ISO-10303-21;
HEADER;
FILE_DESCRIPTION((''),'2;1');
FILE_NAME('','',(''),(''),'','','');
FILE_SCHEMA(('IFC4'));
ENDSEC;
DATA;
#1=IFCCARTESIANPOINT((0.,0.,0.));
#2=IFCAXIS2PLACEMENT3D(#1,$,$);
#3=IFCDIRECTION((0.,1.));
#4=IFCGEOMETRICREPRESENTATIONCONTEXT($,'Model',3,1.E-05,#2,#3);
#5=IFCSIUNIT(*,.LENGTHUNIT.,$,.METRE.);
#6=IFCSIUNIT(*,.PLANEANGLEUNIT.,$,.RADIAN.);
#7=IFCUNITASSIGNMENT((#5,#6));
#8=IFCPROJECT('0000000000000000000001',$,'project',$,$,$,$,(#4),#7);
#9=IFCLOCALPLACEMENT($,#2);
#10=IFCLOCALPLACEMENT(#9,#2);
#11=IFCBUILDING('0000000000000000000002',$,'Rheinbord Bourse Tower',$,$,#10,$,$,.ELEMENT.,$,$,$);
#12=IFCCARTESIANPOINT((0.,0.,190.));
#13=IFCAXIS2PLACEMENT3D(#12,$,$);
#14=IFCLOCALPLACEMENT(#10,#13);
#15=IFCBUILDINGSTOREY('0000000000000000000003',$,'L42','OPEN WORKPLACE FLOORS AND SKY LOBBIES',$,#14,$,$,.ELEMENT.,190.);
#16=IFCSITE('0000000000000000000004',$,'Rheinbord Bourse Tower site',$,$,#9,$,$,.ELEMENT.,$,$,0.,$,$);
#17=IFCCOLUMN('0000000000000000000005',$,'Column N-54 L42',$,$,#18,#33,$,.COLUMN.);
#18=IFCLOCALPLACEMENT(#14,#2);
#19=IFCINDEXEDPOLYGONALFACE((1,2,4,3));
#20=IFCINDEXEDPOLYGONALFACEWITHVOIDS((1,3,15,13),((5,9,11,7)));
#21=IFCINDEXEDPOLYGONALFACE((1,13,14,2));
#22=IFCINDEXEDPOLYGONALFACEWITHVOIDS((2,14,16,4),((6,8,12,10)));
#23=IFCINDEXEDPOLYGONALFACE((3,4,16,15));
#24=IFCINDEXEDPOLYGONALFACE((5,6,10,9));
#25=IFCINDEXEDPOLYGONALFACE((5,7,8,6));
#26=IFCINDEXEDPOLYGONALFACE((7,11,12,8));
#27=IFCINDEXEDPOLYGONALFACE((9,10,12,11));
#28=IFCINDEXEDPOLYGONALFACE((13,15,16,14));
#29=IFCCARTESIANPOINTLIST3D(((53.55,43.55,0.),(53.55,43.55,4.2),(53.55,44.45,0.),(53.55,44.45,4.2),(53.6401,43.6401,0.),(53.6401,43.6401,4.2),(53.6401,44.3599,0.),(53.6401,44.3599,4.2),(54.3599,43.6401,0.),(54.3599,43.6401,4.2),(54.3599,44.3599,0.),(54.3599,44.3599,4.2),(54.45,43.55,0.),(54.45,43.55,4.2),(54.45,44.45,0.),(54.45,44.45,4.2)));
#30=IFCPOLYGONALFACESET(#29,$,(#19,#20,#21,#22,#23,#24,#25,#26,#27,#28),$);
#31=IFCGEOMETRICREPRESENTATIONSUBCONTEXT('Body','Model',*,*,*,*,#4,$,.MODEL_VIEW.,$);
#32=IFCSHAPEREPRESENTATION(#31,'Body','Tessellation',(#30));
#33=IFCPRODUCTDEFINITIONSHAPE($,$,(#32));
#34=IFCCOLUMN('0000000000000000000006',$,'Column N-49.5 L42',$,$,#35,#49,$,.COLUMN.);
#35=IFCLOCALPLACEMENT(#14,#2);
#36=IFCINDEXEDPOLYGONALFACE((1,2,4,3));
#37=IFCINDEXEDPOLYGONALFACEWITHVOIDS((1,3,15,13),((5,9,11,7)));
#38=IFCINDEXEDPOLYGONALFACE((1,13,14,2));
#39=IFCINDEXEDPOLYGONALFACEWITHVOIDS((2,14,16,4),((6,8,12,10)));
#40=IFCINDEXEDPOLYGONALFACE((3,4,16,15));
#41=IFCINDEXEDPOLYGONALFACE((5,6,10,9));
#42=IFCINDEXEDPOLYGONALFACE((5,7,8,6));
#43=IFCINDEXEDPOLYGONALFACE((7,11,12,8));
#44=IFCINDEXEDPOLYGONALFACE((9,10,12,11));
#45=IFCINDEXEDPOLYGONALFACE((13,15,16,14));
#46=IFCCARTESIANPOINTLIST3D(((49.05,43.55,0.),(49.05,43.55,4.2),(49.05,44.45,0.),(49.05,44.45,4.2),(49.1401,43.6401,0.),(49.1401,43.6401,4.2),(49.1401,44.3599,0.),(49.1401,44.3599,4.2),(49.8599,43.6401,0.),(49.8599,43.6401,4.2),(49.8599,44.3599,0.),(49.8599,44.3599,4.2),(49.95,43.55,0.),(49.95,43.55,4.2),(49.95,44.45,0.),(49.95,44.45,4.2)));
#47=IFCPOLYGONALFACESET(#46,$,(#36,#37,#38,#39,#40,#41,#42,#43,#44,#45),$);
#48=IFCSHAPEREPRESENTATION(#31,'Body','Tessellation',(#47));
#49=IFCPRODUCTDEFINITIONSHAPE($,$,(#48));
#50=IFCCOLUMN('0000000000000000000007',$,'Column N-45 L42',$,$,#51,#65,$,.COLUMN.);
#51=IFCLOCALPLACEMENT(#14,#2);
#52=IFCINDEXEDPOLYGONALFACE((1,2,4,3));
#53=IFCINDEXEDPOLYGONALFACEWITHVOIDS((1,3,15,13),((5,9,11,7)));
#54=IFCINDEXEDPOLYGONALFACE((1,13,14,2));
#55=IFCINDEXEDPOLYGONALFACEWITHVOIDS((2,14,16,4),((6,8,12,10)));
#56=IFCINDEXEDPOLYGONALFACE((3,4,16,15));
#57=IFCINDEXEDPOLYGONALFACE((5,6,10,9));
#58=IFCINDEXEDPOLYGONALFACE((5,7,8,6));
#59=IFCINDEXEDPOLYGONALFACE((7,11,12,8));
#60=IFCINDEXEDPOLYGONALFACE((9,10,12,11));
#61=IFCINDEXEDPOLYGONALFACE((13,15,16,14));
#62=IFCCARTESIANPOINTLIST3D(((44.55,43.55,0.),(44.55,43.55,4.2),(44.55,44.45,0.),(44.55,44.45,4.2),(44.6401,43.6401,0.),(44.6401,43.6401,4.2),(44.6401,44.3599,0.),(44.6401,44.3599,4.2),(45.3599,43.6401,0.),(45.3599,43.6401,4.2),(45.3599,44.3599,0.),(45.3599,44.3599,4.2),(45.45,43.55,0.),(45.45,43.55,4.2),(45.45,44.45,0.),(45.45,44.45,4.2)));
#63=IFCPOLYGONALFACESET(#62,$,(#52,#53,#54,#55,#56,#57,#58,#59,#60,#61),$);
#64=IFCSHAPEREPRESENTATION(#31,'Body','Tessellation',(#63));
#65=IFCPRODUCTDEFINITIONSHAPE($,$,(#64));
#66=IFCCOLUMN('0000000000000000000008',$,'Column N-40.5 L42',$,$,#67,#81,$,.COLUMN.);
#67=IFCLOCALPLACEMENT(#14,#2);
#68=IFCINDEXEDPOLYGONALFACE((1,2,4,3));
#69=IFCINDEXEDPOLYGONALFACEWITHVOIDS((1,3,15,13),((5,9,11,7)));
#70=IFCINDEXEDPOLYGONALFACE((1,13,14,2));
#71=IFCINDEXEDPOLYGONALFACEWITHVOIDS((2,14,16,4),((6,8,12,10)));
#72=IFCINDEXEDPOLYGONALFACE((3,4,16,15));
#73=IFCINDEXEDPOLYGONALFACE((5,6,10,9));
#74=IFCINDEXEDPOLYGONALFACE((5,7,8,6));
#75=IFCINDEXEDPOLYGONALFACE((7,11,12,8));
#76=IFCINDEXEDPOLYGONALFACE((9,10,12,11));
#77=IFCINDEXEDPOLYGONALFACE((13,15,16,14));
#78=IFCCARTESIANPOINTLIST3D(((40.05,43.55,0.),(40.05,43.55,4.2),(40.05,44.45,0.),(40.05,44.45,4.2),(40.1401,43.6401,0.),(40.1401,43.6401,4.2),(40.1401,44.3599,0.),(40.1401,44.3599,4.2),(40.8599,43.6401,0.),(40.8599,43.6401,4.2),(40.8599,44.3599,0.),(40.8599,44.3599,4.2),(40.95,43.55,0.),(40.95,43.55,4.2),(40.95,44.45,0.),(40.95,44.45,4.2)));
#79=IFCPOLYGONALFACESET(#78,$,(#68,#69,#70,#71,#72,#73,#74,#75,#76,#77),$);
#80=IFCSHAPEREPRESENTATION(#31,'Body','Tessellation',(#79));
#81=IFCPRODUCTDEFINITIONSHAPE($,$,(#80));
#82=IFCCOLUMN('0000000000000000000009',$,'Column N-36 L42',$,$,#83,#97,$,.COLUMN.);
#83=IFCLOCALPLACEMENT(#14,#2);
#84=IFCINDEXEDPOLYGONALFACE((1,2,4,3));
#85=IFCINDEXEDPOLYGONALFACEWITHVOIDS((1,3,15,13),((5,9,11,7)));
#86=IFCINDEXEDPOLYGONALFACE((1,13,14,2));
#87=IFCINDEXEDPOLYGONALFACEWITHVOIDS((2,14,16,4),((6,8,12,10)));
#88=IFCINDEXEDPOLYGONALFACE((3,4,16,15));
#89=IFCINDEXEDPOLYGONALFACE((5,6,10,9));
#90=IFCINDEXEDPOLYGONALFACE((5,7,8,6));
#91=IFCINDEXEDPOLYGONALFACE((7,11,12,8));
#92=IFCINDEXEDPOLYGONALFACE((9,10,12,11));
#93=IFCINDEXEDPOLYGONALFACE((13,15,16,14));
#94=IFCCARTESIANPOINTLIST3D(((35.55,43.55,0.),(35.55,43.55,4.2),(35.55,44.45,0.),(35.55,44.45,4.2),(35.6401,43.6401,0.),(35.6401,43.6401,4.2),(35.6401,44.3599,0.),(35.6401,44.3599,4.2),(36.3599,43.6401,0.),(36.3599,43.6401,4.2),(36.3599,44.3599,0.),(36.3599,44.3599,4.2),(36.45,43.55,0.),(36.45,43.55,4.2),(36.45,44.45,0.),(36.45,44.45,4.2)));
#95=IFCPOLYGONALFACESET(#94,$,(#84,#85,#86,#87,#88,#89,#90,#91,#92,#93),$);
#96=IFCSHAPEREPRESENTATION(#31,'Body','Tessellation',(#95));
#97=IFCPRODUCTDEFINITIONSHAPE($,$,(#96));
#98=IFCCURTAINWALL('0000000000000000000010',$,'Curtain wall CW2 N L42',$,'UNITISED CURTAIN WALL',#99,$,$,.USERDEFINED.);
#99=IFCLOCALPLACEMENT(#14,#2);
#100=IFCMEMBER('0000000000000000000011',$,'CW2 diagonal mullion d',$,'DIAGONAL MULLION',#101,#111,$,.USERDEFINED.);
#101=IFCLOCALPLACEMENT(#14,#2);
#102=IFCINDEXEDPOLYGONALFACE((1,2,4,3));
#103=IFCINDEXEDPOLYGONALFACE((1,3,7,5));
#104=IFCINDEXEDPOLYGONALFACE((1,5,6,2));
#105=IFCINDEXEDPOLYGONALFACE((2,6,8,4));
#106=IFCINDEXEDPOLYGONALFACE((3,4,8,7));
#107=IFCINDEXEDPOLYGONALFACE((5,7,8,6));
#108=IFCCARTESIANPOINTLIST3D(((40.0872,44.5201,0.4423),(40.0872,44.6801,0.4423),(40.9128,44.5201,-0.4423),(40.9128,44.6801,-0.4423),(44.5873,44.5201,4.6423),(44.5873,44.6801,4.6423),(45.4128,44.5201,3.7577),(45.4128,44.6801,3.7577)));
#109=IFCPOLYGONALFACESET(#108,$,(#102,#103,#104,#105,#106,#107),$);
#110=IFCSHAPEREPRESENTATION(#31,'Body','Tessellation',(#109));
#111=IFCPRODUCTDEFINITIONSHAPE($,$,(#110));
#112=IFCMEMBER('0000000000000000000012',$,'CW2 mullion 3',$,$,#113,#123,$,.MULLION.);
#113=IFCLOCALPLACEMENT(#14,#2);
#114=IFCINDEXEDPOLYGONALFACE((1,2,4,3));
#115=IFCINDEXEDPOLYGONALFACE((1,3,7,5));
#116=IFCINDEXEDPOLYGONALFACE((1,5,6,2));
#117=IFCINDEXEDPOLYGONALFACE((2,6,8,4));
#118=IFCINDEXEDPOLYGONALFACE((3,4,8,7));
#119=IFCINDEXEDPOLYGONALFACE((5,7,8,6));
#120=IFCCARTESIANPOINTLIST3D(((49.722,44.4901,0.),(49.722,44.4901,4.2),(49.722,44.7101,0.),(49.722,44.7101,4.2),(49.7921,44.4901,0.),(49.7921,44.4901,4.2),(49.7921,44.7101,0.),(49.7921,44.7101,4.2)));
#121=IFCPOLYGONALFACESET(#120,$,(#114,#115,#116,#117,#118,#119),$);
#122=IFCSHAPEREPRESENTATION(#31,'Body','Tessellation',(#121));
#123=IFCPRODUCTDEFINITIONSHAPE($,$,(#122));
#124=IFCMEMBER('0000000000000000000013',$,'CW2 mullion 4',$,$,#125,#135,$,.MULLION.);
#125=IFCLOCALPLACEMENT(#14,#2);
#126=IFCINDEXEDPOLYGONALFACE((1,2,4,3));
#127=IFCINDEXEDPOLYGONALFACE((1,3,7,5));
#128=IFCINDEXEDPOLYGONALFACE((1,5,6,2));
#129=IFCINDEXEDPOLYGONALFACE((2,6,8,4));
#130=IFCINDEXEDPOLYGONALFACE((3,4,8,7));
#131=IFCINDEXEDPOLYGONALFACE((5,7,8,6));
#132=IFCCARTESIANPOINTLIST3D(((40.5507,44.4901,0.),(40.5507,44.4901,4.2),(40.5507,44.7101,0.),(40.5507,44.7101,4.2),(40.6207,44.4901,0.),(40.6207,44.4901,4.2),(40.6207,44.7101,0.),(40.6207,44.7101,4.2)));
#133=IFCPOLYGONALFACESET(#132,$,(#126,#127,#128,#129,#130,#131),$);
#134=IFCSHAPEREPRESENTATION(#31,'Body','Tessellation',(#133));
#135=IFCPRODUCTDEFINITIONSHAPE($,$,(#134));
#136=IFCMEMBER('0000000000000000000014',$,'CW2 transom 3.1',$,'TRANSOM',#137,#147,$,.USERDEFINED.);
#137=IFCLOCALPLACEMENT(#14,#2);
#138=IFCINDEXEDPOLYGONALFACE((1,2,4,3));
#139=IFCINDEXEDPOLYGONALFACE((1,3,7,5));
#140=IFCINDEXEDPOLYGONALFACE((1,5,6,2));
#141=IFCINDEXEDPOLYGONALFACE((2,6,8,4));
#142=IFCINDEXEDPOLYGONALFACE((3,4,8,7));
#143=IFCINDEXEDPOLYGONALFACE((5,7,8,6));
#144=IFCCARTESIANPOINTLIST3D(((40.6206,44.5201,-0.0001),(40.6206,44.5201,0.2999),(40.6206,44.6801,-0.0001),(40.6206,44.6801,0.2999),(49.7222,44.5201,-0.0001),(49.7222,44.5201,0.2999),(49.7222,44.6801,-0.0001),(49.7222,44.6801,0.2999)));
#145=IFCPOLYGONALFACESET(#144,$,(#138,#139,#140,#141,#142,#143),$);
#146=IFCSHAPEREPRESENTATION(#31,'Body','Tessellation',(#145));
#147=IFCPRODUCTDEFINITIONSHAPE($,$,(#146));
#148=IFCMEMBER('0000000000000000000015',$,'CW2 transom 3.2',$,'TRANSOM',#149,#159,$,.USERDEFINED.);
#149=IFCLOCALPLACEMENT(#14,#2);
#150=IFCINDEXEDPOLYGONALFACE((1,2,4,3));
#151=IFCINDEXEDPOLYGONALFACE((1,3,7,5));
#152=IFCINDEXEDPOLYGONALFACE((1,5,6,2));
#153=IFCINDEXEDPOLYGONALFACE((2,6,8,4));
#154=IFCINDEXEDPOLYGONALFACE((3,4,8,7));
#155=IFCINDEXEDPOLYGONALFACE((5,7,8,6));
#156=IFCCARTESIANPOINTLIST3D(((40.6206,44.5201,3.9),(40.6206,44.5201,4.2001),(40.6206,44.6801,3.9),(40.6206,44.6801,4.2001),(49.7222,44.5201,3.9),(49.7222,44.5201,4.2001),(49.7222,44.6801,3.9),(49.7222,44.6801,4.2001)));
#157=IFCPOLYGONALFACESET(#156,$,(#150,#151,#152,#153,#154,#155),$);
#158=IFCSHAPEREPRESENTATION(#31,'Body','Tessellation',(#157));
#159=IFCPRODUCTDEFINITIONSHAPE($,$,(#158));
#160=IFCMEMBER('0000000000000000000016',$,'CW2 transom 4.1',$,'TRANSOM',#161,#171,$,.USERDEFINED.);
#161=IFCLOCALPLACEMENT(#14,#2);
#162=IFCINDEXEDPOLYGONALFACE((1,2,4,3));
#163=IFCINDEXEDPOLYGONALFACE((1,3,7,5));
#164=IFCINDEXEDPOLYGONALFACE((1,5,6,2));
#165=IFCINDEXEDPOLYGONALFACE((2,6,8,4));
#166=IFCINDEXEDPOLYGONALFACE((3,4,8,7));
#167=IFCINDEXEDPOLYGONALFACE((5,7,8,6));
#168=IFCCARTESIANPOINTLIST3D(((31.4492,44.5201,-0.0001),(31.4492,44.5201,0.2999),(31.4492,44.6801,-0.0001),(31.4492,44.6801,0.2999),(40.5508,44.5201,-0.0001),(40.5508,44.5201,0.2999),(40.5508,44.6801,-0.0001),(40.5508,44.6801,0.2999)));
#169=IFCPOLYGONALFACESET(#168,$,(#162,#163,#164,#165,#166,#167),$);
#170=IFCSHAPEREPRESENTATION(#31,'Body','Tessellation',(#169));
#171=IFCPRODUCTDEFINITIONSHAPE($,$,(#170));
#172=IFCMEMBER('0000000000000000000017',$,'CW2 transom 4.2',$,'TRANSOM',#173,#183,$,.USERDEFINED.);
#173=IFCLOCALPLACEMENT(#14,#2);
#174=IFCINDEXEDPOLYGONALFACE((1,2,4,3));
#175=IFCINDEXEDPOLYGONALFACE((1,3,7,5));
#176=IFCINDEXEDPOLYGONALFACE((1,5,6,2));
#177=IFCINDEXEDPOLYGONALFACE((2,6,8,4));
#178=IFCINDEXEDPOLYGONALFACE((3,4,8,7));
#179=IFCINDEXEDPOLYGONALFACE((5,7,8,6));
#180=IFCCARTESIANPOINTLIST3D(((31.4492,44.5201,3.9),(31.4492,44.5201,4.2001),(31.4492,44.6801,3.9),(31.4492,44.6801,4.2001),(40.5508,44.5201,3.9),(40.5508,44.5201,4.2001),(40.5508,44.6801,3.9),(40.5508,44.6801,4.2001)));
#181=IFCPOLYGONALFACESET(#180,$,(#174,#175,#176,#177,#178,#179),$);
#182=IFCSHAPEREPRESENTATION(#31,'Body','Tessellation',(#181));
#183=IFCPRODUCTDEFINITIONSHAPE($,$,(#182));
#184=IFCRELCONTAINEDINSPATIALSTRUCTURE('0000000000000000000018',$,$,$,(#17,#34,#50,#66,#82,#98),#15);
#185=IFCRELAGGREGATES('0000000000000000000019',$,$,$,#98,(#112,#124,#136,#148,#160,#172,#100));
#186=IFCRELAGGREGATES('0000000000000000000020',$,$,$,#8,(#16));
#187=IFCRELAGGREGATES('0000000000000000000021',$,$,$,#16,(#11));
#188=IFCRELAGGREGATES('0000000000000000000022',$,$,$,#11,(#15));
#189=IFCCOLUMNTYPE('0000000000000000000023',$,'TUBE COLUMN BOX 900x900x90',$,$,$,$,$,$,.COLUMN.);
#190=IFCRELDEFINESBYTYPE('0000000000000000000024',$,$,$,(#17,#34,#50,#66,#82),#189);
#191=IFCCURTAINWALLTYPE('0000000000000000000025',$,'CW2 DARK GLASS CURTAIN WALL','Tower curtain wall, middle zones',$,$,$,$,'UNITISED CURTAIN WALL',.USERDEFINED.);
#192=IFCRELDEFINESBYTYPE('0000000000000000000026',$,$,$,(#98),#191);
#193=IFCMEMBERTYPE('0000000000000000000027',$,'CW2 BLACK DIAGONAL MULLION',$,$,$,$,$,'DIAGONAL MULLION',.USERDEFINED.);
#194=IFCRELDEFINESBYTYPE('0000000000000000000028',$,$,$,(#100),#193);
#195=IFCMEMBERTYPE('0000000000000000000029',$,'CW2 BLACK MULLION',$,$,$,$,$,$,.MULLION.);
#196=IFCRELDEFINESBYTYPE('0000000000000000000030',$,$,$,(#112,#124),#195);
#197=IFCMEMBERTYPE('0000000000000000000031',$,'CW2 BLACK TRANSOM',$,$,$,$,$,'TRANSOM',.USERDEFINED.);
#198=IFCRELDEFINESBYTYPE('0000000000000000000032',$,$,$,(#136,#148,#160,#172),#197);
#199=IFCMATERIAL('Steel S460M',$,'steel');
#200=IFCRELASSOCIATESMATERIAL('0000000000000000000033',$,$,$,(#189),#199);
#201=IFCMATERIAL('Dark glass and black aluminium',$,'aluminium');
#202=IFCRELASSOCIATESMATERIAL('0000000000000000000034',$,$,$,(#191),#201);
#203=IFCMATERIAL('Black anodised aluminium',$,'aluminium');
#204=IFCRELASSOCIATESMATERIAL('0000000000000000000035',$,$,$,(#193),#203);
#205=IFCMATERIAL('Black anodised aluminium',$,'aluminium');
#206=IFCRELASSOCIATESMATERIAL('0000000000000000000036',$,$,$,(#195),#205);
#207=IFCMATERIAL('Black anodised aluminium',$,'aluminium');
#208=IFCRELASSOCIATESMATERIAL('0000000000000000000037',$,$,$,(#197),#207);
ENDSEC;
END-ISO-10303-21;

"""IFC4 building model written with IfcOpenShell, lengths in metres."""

from ifc_helpers import new_model, si_unit, direction, frame, origin, origin_2d, place, context, subcontext, project, spatial, rectangle, hollow_rectangle, extrude, material, material_profile, profile_set, type_object, element, aggregate, save


model = new_model("IFC4")

# Units and contexts
model_context = context("Model", 3, precision=1e-05, world=origin(), true_north=direction((0.0, 1.0)))
body_context = subcontext(model_context, "Body", "Model", "MODEL_VIEW")
ifc_project = project(units=[si_unit("LENGTHUNIT", "METRE"), si_unit("PLANEANGLEUNIT", "RADIAN")], contexts=[model_context])

# Site, building, storey
site_placement = place(None, origin())
site = spatial("IfcSite", under=ifc_project, at=site_placement, Name="Rheinbord Bourse Tower site", CompositionType="ELEMENT", RefElevation=0.0)
building_placement = place(site_placement, origin())
building = spatial("IfcBuilding", under=site, at=building_placement, Name="Rheinbord Bourse Tower", CompositionType="ELEMENT")
storey_placement = place(building_placement, frame((0.0, 0.0, 190.0)))
storey = spatial("IfcBuildingStorey", under=building, at=storey_placement, Name="L42", Description="OPEN WORKPLACE FLOORS AND SKY LOBBIES", CompositionType="ELEMENT", Elevation=190.0)

# Columns
ifc_material_1 = material(Name="Steel S460M", Category="steel")
ifc_material_profile_1 = material_profile(ifc_material_1, hollow_rectangle(XDim=0.8999, YDim=0.8999, WallThickness=0.0901, at=origin_2d()), Name="BOX 900x900x90")
ifc_profile_set_1 = profile_set([ifc_material_profile_1], Name="Steel S460M")
column_type = type_object("IfcColumnType", Name="TUBE COLUMN BOX 900x900x90", PredefinedType="COLUMN", material=ifc_profile_set_1)
for number, where, z_axis, x_axis, name in (
    (1, (54.0, 44.0, 0.0), (0.0, 0.0, 1.0), (0.0, 1.0, 0.0), "Column N-54 L42"),
    (2, (49.5, 44.0, 0.0), (0.0, 0.0, 1.0), (0.0, 1.0, 0.0), "Column N-49.5 L42"),
    (3, (45.0, 44.0, 0.0), (0.0, 0.0, 1.0), (0.0, 1.0, 0.0), "Column N-45 L42"),
    (4, (40.5, 44.0, 0.0), (0.0, 0.0, 1.0), (0.0, 1.0, 0.0), "Column N-40.5 L42"),
    (5, (36.0, 44.0, 0.0), (0.0, 0.0, 1.0), (0.0, 1.0, 0.0), "Column N-36 L42"),
):
    element("IfcColumn", number, at=place(storey_placement, frame(where, z_axis=z_axis, x_axis=x_axis)), inside=storey, type_object=column_type, Name=name, PredefinedType="COLUMN", context=body_context, shape_type="SweptSolid", body=[
        extrude(hollow_rectangle(XDim=0.8999, YDim=0.8999, WallThickness=0.0901, at=origin_2d()), origin(), (0.0, 0.0, 1.0), 4.2),
    ])

# Curtain wall, members
ifc_material_2 = material(Name="Dark glass and black aluminium", Category="aluminium")
curtain_wall_type = type_object("IfcCurtainWallType", Name="CW2 DARK GLASS CURTAIN WALL", Description="Tower curtain wall, middle zones", ElementType="UNITISED CURTAIN WALL", PredefinedType="USERDEFINED", material=ifc_material_2)
curtain_wall_placement = place(storey_placement, origin())
curtain_wall = element("IfcCurtainWall", 6, at=curtain_wall_placement, inside=storey, type_object=curtain_wall_type, Name="Curtain wall CW2 N L42", ObjectType="UNITISED CURTAIN WALL", PredefinedType="USERDEFINED")
ifc_material_3 = material(Name="Black anodised aluminium", Category="aluminium")
ifc_material_profile_2 = material_profile(ifc_material_3, rectangle(XDim=0.1599, YDim=1.21, at=origin_2d()), Name="CW2 DIAGONAL MULLION 1210x160")
ifc_profile_set_2 = profile_set([ifc_material_profile_2], Name="Black anodised aluminium")
member_type_1 = type_object("IfcMemberType", Name="CW2 BLACK DIAGONAL MULLION", ElementType="DIAGONAL MULLION", PredefinedType="USERDEFINED", material=ifc_profile_set_2)
member_1_placement = place(storey_placement, frame((40.5, 44.6001, 0.0), z_axis=(0.731059, 0.0, 0.682314), x_axis=(0.0, 1.0, 0.0)))
member_1 = element("IfcMember", 7, at=member_1_placement, type_object=member_type_1, Name="CW2 diagonal mullion d", ObjectType="DIAGONAL MULLION", PredefinedType="USERDEFINED", context=body_context, shape_type="SweptSolid", body=[
    extrude(rectangle(XDim=0.1599, YDim=1.21, at=origin_2d()), origin(), (0.0, 0.0, 1.0), 6.1555),
])
ifc_material_4 = material(Name="Black anodised aluminium", Category="aluminium")
ifc_material_profile_3 = material_profile(ifc_material_4, rectangle(XDim=0.22, YDim=0.0701, at=origin_2d()), Name="CW2 MULLION 70x220")
ifc_profile_set_3 = profile_set([ifc_material_profile_3], Name="Black anodised aluminium")
member_type_2 = type_object("IfcMemberType", Name="CW2 BLACK MULLION", PredefinedType="MULLION", material=ifc_profile_set_3)
member_2_placement = place(storey_placement, frame((49.7571, 44.6001, 0.0), z_axis=(0.0, 0.0, 1.0), x_axis=(0.0, -1.0, 0.0)))
member_2 = element("IfcMember", 8, at=member_2_placement, type_object=member_type_2, Name="CW2 mullion 3", PredefinedType="MULLION", context=body_context, shape_type="SweptSolid", body=[
    extrude(rectangle(XDim=0.22, YDim=0.0701, at=origin_2d()), origin(), (0.0, 0.0, 1.0), 4.2),
])
member_3_placement = place(storey_placement, frame((40.5857, 44.6001, 0.0), z_axis=(0.0, 0.0, 1.0), x_axis=(0.0, -1.0, 0.0)))
member_3 = element("IfcMember", 9, at=member_3_placement, type_object=member_type_2, Name="CW2 mullion 4", PredefinedType="MULLION", context=body_context, shape_type="SweptSolid", body=[
    extrude(rectangle(XDim=0.22, YDim=0.0701, at=origin_2d()), origin(), (0.0, 0.0, 1.0), 4.2),
])
ifc_material_5 = material(Name="Black anodised aluminium", Category="aluminium")
ifc_material_profile_4 = material_profile(ifc_material_5, rectangle(XDim=0.1599, YDim=0.3, at=origin_2d()), Name="CW2 TRANSOM 300x160")
ifc_profile_set_4 = profile_set([ifc_material_profile_4], Name="Black anodised aluminium")
member_type_3 = type_object("IfcMemberType", Name="CW2 BLACK TRANSOM", ElementType="TRANSOM", PredefinedType="USERDEFINED", material=ifc_profile_set_4)
member_4_placement = place(storey_placement, frame((49.7222, 44.6001, 0.1499), z_axis=(-1.0, 0.0, 0.0), x_axis=(0.0, -1.0, 0.0)))
member_4 = element("IfcMember", 10, at=member_4_placement, type_object=member_type_3, Name="CW2 transom 3.1", ObjectType="TRANSOM", PredefinedType="USERDEFINED", context=body_context, shape_type="SweptSolid", body=[
    extrude(rectangle(XDim=0.1599, YDim=0.3, at=origin_2d()), origin(), (0.0, 0.0, 1.0), 9.1016),
])
member_5_placement = place(storey_placement, frame((49.7222, 44.6001, 4.05), z_axis=(-1.0, 0.0, 0.0), x_axis=(0.0, -1.0, 0.0)))
member_5 = element("IfcMember", 11, at=member_5_placement, type_object=member_type_3, Name="CW2 transom 3.2", ObjectType="TRANSOM", PredefinedType="USERDEFINED", context=body_context, shape_type="SweptSolid", body=[
    extrude(rectangle(XDim=0.1599, YDim=0.3, at=origin_2d()), origin(), (0.0, 0.0, 1.0), 9.1016),
])
member_6_placement = place(storey_placement, frame((40.5508, 44.6001, 0.1499), z_axis=(-1.0, 0.0, 0.0), x_axis=(0.0, -1.0, 0.0)))
member_6 = element("IfcMember", 12, at=member_6_placement, type_object=member_type_3, Name="CW2 transom 4.1", ObjectType="TRANSOM", PredefinedType="USERDEFINED", context=body_context, shape_type="SweptSolid", body=[
    extrude(rectangle(XDim=0.1599, YDim=0.3, at=origin_2d()), origin(), (0.0, 0.0, 1.0), 9.1016),
])
member_7_placement = place(storey_placement, frame((40.5508, 44.6001, 4.05), z_axis=(-1.0, 0.0, 0.0), x_axis=(0.0, -1.0, 0.0)))
member_7 = element("IfcMember", 13, at=member_7_placement, type_object=member_type_3, Name="CW2 transom 4.2", ObjectType="TRANSOM", PredefinedType="USERDEFINED", context=body_context, shape_type="SweptSolid", body=[
    extrude(rectangle(XDim=0.1599, YDim=0.3, at=origin_2d()), origin(), (0.0, 0.0, 1.0), 9.1016),
])

aggregate(curtain_wall, [member_2, member_3, member_4, member_5, member_6, member_7, member_1])

save(model, "model.ifc")
